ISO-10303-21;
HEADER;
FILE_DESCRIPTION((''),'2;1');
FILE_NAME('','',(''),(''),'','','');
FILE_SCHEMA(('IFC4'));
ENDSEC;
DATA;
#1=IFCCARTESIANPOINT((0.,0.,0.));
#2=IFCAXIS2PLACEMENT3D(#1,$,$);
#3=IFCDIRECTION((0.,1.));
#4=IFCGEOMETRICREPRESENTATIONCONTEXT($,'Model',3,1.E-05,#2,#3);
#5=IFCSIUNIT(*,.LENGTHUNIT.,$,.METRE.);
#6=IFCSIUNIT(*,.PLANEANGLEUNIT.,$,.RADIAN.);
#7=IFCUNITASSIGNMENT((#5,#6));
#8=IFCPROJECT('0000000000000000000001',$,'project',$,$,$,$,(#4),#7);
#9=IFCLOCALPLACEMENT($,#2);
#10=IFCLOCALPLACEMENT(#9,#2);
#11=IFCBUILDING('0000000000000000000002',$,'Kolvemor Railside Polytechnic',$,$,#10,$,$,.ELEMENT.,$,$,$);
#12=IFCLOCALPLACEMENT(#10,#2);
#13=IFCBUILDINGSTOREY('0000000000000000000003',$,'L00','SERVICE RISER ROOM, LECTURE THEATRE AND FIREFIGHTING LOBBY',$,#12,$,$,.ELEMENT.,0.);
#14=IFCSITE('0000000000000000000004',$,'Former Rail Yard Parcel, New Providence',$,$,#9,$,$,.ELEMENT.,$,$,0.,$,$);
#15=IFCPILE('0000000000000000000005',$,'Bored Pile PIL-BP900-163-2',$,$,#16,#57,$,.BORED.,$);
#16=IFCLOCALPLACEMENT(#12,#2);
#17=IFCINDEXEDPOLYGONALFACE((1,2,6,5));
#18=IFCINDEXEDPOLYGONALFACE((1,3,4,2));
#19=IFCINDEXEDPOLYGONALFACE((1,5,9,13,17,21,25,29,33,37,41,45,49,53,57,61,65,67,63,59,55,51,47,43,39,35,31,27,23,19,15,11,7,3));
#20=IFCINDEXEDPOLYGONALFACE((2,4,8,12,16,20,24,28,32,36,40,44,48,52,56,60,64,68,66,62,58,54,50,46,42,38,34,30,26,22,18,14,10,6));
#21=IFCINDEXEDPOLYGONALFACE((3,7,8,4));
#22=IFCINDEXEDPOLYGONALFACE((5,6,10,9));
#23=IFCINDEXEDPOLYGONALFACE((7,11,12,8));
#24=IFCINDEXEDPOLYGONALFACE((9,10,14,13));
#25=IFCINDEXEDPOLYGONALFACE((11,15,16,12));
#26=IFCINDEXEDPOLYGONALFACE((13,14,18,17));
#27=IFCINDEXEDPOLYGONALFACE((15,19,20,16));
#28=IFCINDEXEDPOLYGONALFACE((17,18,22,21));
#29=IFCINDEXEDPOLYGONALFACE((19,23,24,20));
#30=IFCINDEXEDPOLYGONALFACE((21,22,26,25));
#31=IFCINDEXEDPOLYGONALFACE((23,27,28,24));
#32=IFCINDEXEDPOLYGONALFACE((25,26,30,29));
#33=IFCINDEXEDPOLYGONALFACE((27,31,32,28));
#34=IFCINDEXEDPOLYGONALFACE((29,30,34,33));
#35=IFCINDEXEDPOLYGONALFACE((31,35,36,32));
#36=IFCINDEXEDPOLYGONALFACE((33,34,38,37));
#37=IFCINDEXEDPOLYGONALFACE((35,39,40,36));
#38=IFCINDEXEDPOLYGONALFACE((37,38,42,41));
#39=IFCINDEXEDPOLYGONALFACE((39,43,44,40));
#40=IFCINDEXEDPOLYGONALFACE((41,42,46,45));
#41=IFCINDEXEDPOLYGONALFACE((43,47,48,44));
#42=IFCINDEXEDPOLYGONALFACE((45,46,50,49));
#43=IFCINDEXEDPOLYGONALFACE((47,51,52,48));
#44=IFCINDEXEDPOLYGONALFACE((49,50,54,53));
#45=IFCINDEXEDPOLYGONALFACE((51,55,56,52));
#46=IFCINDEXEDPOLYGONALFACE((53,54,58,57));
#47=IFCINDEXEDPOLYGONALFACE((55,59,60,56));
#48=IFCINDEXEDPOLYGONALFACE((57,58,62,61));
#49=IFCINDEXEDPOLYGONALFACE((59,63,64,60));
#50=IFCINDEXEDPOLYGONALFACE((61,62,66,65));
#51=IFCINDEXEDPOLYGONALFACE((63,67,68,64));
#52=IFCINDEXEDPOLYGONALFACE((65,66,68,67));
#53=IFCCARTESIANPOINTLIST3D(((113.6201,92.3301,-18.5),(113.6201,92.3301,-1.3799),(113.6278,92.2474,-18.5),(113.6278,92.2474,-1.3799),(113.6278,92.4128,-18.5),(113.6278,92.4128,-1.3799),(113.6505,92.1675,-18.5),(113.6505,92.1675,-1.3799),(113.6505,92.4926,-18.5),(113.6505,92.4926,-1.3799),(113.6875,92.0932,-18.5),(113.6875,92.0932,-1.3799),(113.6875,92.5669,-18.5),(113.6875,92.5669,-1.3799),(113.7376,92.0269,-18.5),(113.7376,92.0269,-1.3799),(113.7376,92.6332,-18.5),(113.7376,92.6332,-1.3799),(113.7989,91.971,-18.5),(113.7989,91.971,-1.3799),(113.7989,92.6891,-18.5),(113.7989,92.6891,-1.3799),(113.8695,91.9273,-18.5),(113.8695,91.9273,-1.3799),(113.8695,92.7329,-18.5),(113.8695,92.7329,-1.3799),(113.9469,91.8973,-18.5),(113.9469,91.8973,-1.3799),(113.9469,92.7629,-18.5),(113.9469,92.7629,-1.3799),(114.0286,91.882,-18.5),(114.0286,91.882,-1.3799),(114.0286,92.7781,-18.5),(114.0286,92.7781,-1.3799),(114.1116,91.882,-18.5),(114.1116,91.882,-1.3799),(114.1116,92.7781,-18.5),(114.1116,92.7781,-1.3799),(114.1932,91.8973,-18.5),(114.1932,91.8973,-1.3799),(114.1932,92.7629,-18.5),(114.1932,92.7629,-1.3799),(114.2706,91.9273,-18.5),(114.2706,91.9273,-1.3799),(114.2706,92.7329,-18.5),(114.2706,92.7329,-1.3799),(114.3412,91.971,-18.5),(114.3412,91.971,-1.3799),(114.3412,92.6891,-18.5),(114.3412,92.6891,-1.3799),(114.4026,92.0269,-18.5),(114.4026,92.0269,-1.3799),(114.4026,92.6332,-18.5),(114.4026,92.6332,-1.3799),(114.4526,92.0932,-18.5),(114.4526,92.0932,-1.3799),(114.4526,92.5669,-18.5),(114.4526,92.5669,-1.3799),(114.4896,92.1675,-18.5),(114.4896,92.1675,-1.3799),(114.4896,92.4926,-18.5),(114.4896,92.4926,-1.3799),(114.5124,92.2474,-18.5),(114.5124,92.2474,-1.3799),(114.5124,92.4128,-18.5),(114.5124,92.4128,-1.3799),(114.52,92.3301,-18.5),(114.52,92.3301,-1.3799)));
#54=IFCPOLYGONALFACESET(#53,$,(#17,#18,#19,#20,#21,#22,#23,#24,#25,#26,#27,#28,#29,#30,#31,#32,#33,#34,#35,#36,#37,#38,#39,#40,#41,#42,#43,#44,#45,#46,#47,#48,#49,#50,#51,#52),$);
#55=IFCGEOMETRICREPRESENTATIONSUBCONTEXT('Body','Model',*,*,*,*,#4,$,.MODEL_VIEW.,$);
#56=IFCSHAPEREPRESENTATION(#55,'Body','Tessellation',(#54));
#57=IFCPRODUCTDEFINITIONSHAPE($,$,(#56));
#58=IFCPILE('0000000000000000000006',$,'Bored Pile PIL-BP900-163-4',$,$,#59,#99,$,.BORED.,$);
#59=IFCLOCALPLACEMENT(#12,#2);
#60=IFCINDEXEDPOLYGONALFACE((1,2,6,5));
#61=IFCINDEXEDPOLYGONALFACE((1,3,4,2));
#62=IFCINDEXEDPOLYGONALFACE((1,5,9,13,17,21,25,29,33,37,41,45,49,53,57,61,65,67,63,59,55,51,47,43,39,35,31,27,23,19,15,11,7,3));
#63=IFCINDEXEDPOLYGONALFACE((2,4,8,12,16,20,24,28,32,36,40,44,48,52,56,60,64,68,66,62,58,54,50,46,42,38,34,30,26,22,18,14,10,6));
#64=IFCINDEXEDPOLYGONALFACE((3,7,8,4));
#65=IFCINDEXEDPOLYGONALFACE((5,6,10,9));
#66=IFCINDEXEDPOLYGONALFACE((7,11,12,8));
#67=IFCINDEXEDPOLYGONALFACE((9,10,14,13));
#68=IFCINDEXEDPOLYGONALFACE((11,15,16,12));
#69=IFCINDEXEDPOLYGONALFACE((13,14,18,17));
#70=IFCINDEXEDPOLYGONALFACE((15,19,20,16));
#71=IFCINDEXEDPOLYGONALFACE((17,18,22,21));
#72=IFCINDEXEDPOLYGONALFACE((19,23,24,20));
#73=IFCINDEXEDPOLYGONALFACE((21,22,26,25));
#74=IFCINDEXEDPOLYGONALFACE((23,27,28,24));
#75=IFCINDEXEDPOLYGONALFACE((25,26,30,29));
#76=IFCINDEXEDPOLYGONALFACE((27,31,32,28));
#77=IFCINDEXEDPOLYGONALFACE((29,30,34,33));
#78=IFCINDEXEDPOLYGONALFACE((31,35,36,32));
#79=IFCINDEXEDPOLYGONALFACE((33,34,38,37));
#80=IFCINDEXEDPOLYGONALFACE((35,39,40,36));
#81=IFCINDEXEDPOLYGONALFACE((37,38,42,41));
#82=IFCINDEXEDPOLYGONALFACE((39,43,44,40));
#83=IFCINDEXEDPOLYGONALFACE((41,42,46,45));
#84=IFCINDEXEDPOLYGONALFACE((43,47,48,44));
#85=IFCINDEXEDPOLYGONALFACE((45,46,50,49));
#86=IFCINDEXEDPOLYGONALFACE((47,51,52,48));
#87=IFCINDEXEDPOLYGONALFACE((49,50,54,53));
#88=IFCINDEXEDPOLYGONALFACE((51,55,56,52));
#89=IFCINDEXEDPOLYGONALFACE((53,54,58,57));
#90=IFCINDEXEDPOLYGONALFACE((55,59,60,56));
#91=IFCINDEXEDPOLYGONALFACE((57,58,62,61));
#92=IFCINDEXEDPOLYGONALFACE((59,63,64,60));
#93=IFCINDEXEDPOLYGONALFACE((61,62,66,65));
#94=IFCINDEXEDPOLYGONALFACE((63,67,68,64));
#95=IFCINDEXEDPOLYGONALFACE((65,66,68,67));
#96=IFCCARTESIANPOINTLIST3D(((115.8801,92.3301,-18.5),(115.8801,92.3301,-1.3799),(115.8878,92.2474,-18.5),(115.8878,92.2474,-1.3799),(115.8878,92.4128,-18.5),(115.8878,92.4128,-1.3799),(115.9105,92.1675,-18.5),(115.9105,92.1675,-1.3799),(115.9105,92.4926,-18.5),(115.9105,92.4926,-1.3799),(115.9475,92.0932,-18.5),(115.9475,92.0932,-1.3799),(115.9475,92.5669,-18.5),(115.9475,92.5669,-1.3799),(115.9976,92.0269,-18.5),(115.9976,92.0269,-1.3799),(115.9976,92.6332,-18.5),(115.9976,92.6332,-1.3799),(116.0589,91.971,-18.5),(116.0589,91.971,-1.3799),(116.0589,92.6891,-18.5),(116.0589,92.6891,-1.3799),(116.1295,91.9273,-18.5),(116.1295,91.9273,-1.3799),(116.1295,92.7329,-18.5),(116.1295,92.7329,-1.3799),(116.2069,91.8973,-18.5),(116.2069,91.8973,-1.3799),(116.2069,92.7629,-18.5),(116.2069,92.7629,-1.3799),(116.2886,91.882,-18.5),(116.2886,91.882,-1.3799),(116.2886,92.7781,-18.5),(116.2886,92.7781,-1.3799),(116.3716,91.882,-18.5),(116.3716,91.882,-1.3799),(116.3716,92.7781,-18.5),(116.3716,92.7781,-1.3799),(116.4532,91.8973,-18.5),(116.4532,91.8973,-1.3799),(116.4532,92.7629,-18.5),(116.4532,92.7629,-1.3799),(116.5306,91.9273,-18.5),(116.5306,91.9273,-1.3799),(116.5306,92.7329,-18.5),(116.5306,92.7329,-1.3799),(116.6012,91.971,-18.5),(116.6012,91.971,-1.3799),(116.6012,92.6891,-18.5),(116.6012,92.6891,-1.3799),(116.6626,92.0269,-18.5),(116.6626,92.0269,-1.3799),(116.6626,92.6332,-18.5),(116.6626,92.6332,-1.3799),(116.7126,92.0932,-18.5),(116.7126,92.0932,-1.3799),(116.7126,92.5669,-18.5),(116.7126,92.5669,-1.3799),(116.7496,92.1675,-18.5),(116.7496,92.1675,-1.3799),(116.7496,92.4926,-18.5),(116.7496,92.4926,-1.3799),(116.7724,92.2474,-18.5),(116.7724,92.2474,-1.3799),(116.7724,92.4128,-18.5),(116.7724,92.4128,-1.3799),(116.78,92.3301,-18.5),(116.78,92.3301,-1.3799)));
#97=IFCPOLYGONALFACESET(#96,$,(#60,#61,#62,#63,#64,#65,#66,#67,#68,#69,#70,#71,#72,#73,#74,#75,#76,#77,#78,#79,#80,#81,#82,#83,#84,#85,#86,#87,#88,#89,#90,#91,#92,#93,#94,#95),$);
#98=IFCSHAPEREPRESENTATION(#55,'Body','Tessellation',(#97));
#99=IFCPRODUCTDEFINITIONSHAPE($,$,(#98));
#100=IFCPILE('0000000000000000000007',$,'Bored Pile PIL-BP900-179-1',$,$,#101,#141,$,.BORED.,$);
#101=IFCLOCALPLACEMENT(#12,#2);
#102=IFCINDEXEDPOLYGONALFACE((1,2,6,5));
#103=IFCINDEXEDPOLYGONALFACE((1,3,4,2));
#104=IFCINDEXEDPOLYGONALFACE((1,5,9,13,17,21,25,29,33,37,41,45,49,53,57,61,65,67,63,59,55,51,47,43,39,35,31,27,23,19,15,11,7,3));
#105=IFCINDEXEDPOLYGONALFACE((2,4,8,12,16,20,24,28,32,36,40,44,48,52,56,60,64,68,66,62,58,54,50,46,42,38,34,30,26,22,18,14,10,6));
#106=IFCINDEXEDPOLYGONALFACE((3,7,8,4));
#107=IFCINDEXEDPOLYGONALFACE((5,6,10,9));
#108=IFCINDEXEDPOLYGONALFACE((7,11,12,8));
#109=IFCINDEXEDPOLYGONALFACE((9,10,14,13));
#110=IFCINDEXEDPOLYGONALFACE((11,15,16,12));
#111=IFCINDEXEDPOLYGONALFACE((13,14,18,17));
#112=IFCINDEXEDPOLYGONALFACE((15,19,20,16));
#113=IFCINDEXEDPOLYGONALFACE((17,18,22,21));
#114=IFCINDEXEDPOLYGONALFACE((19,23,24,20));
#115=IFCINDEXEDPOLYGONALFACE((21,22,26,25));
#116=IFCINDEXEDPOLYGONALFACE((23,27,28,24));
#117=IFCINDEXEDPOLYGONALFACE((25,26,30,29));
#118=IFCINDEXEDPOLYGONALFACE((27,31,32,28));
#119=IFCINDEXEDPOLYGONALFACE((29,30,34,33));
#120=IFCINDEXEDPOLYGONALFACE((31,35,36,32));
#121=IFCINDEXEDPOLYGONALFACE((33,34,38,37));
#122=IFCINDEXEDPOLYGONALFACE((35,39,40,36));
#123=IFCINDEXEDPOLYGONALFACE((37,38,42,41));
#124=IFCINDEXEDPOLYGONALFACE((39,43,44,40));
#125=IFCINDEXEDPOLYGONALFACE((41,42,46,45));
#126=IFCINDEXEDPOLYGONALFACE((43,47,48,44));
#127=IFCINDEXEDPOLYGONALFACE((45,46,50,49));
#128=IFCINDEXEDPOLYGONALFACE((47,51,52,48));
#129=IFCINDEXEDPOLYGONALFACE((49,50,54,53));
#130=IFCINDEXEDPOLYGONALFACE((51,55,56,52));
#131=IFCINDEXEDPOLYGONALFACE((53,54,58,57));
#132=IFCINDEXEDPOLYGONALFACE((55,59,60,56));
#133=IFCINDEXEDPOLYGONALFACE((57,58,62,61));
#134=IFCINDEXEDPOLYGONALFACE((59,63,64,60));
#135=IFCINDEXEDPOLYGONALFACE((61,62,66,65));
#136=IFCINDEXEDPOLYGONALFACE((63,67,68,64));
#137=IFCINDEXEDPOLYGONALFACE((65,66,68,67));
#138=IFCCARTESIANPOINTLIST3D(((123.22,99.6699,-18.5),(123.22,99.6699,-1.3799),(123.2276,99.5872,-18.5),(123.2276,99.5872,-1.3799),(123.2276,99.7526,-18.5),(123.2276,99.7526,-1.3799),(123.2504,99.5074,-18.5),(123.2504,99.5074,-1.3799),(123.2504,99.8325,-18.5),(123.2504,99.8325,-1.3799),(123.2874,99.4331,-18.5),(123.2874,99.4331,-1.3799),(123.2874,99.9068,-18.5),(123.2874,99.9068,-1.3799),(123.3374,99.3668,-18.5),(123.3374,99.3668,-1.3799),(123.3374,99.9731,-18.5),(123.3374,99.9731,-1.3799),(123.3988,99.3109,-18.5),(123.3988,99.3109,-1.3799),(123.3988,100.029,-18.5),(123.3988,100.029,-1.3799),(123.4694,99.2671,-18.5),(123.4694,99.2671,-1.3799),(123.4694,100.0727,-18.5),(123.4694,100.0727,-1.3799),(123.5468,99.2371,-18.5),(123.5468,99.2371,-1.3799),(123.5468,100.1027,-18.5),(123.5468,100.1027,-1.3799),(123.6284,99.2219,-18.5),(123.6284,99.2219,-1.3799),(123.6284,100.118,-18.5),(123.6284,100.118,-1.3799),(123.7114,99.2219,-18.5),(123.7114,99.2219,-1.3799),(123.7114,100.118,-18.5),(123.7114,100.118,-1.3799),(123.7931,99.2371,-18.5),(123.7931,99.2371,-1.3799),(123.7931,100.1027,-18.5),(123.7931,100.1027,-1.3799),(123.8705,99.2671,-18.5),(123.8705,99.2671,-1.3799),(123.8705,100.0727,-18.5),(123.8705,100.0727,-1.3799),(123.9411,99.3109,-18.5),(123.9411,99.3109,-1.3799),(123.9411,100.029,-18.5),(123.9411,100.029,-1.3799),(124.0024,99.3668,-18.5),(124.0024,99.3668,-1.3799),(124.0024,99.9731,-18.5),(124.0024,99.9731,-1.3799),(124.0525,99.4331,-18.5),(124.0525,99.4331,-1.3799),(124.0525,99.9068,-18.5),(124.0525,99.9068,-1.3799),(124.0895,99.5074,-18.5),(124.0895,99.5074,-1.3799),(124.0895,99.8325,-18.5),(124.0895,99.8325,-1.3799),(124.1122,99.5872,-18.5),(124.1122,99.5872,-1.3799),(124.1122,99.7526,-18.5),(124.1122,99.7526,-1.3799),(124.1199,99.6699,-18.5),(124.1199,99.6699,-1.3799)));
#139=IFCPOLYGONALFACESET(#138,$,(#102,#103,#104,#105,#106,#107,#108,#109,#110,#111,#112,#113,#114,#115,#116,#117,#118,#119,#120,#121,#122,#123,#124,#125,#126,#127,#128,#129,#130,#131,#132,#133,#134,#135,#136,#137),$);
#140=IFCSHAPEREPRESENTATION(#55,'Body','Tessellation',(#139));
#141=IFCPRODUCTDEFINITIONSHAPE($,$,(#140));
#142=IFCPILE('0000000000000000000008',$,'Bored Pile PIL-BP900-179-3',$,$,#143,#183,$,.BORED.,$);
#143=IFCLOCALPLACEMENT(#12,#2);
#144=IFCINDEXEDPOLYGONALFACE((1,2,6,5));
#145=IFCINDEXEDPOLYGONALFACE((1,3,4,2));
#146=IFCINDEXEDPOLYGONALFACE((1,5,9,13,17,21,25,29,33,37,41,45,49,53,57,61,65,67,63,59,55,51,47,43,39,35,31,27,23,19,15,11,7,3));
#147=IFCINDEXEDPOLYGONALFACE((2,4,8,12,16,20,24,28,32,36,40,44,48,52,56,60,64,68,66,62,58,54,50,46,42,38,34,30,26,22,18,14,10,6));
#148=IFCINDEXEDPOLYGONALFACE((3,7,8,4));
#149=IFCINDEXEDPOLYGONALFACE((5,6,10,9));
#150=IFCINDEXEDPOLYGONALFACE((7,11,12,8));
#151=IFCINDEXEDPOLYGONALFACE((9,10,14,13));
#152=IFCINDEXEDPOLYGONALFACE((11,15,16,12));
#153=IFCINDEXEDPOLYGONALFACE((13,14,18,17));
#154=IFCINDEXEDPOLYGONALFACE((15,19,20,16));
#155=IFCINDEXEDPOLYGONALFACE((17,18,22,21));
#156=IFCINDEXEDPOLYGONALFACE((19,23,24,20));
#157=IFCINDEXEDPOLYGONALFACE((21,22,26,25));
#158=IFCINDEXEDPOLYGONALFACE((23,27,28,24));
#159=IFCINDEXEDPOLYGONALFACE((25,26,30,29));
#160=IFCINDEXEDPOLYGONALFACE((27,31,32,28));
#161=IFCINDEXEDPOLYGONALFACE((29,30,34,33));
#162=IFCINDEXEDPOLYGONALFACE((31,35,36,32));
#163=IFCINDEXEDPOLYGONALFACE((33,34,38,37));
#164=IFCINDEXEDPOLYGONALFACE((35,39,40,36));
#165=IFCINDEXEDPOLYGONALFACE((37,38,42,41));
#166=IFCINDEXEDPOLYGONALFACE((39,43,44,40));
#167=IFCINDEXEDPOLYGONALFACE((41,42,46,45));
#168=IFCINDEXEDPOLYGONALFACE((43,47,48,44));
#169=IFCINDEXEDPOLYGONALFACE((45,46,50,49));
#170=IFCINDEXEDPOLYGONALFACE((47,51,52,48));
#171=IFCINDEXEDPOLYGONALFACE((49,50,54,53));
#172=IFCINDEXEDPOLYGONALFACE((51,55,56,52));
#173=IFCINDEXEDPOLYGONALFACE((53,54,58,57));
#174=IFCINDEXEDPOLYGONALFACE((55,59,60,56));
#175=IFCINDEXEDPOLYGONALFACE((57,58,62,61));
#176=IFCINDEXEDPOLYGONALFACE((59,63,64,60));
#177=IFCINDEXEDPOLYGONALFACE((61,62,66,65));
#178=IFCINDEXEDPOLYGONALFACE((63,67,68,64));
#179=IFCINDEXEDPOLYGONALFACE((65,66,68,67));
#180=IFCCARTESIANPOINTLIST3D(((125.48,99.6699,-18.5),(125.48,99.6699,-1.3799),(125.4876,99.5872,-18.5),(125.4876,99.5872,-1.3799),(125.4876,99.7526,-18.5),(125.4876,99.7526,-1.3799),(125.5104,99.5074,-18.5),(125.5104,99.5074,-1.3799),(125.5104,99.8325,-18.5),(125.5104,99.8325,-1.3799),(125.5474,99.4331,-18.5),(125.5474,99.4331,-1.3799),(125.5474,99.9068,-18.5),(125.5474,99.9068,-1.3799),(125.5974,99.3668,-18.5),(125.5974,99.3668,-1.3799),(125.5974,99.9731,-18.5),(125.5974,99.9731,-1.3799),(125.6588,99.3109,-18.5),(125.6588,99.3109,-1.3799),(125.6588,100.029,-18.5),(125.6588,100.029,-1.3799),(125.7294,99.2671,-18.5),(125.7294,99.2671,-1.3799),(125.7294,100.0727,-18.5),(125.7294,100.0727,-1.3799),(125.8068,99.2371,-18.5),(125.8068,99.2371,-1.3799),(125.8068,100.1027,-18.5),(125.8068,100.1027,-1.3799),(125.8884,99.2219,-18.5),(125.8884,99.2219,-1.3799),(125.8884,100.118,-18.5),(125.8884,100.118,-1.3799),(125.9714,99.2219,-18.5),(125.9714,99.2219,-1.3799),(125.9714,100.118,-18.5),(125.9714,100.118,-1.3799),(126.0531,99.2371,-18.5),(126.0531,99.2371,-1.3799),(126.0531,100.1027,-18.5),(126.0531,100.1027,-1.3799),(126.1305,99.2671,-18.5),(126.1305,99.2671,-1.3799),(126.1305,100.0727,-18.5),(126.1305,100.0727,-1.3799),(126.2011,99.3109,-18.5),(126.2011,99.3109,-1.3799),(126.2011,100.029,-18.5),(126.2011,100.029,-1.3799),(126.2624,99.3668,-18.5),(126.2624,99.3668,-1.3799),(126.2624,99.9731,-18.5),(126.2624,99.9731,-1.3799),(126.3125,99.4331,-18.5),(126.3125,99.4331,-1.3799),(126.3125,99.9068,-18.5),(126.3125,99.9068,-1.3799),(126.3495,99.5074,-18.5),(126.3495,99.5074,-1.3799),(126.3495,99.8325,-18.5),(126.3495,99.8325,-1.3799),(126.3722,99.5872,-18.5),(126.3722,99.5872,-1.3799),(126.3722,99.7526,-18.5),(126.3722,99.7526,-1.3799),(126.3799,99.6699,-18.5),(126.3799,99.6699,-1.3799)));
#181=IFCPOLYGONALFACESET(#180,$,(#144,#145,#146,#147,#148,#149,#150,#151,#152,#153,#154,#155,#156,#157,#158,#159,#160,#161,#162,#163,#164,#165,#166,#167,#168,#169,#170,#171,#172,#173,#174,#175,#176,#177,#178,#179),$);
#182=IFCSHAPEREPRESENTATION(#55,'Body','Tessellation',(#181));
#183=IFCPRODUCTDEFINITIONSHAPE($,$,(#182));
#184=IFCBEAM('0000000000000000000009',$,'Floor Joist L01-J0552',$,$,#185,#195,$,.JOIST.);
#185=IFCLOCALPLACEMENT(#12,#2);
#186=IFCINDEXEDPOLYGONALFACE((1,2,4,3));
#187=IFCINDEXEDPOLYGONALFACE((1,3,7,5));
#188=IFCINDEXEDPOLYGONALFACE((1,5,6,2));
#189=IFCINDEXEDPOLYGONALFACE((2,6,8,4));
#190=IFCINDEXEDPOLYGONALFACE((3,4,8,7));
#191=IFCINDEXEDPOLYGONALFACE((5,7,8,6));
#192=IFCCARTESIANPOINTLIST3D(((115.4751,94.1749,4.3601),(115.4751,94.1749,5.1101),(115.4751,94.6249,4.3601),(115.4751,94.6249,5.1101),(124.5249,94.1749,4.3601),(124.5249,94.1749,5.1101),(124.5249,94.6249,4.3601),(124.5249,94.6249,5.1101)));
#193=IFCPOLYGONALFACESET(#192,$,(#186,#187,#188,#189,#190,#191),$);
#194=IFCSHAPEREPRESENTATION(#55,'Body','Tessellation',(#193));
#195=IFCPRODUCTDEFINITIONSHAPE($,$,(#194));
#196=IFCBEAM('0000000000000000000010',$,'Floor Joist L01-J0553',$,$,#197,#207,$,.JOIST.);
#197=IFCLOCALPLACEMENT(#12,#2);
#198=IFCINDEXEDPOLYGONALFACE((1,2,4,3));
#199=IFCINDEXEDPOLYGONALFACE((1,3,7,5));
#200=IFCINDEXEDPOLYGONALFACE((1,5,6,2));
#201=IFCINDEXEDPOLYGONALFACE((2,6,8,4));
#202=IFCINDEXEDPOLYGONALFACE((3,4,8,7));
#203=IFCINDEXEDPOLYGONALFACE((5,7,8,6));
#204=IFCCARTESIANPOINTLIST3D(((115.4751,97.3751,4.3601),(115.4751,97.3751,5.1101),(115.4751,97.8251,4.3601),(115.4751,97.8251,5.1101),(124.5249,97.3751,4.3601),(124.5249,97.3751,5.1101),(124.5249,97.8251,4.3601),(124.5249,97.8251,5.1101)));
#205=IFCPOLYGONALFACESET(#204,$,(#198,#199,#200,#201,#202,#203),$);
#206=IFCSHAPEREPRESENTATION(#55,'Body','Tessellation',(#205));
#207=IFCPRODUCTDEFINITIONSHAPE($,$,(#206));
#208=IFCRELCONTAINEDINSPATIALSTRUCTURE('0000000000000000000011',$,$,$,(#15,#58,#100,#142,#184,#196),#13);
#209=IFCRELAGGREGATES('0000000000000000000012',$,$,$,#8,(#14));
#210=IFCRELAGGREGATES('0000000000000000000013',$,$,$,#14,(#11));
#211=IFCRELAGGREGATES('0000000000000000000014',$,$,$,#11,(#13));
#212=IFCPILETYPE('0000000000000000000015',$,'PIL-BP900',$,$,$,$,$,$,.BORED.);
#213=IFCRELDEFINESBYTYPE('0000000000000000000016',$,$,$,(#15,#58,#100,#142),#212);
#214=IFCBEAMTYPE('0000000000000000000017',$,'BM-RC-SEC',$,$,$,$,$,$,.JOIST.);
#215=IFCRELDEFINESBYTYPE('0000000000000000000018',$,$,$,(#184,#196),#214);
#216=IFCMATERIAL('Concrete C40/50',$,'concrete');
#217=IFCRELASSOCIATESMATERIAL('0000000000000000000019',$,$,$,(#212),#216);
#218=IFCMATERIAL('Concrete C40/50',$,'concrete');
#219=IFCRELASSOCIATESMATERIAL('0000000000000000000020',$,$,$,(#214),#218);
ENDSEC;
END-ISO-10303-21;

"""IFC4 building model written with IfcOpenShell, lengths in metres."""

from ifc_helpers import new_model, si_unit, direction, frame, origin, origin_2d, place, context, subcontext, project, spatial, rectangle, circle, extrude, material, material_profile, profile_set, type_object, element, save


model = new_model("IFC4")

# Units and contexts
model_context = context("Model", 3, precision=1e-05, world=origin(), true_north=direction((0.0, 1.0)))
body_context = subcontext(model_context, "Body", "Model", "MODEL_VIEW")
ifc_project = project(units=[si_unit("LENGTHUNIT", "METRE"), si_unit("PLANEANGLEUNIT", "RADIAN")], contexts=[model_context])

# Site, building, storey
site_placement = place(None, origin())
site = spatial("IfcSite", under=ifc_project, at=site_placement, Name="Former Rail Yard Parcel, New Providence", CompositionType="ELEMENT", RefElevation=0.0)
building_placement = place(site_placement, origin())
building = spatial("IfcBuilding", under=site, at=building_placement, Name="Kolvemor Railside Polytechnic", CompositionType="ELEMENT")
storey_placement = place(building_placement, origin())
storey = spatial("IfcBuildingStorey", under=building, at=storey_placement, Name="L00", Description="SERVICE RISER ROOM, LECTURE THEATRE AND FIREFIGHTING LOBBY", CompositionType="ELEMENT", Elevation=0.0)

# Piles
ifc_material_1 = material(Name="Concrete C40/50", Category="concrete")
ifc_material_profile_1 = material_profile(ifc_material_1, circle(Radius=0.45, at=origin_2d()), Name="BP900")
ifc_profile_set_1 = profile_set([ifc_material_profile_1], Name="Concrete C40/50")
pile_type_1 = type_object("IfcPileType", Name="PIL-BP900", PredefinedType="BORED", material=ifc_profile_set_1)
for number, where, z_axis, x_axis, name in (
    (1, (114.0701, 92.3301, -1.3799), (0.0, 0.0, -1.0), (1.0, 0.0, 0.0), "Bored Pile PIL-BP900-163-2"),
    (2, (116.3301, 92.3301, -1.3799), (0.0, 0.0, -1.0), (1.0, 0.0, 0.0), "Bored Pile PIL-BP900-163-4"),
    (3, (123.6699, 99.6699, -1.3799), (0.0, 0.0, -1.0), (1.0, 0.0, 0.0), "Bored Pile PIL-BP900-179-1"),
    (4, (125.9299, 99.6699, -1.3799), (0.0, 0.0, -1.0), (1.0, 0.0, 0.0), "Bored Pile PIL-BP900-179-3"),
):
    element("IfcPile", number, at=place(storey_placement, frame(where, z_axis=z_axis, x_axis=x_axis)), inside=storey, type_object=pile_type_1, Name=name, PredefinedType="BORED", context=body_context, shape_type="SweptSolid", body=[
        extrude(circle(Radius=0.45, at=origin_2d()), origin(), (0.0, 0.0, 1.0), 17.1201),
    ])

# Beams
ifc_material_2 = material(Name="Concrete C40/50", Category="concrete")
ifc_material_profile_2 = material_profile(ifc_material_2, rectangle(XDim=0.45, YDim=0.75, at=origin_2d()), Name="RC450x750")
ifc_profile_set_2 = profile_set([ifc_material_profile_2], Name="Concrete C40/50")
beam_type_1 = type_object("IfcBeamType", Name="BM-RC-SEC", PredefinedType="JOIST", material=ifc_profile_set_2)
for number, where, z_axis, x_axis, name in (
    (5, (115.4751, 94.3999, 4.7351), (1.0, 0.0, 0.0), (0.0, 1.0, 0.0), "Floor Joist L01-J0552"),
    (6, (115.4751, 97.6001, 4.7351), (1.0, 0.0, 0.0), (0.0, 1.0, 0.0), "Floor Joist L01-J0553"),
):
    element("IfcBeam", number, at=place(storey_placement, frame(where, z_axis=z_axis, x_axis=x_axis)), inside=storey, type_object=beam_type_1, Name=name, PredefinedType="JOIST", context=body_context, shape_type="SweptSolid", body=[
        extrude(rectangle(XDim=0.45, YDim=0.75, at=origin_2d()), origin(), (0.0, 0.0, 1.0), 9.0498),
    ])

save(model, "model.ifc")
